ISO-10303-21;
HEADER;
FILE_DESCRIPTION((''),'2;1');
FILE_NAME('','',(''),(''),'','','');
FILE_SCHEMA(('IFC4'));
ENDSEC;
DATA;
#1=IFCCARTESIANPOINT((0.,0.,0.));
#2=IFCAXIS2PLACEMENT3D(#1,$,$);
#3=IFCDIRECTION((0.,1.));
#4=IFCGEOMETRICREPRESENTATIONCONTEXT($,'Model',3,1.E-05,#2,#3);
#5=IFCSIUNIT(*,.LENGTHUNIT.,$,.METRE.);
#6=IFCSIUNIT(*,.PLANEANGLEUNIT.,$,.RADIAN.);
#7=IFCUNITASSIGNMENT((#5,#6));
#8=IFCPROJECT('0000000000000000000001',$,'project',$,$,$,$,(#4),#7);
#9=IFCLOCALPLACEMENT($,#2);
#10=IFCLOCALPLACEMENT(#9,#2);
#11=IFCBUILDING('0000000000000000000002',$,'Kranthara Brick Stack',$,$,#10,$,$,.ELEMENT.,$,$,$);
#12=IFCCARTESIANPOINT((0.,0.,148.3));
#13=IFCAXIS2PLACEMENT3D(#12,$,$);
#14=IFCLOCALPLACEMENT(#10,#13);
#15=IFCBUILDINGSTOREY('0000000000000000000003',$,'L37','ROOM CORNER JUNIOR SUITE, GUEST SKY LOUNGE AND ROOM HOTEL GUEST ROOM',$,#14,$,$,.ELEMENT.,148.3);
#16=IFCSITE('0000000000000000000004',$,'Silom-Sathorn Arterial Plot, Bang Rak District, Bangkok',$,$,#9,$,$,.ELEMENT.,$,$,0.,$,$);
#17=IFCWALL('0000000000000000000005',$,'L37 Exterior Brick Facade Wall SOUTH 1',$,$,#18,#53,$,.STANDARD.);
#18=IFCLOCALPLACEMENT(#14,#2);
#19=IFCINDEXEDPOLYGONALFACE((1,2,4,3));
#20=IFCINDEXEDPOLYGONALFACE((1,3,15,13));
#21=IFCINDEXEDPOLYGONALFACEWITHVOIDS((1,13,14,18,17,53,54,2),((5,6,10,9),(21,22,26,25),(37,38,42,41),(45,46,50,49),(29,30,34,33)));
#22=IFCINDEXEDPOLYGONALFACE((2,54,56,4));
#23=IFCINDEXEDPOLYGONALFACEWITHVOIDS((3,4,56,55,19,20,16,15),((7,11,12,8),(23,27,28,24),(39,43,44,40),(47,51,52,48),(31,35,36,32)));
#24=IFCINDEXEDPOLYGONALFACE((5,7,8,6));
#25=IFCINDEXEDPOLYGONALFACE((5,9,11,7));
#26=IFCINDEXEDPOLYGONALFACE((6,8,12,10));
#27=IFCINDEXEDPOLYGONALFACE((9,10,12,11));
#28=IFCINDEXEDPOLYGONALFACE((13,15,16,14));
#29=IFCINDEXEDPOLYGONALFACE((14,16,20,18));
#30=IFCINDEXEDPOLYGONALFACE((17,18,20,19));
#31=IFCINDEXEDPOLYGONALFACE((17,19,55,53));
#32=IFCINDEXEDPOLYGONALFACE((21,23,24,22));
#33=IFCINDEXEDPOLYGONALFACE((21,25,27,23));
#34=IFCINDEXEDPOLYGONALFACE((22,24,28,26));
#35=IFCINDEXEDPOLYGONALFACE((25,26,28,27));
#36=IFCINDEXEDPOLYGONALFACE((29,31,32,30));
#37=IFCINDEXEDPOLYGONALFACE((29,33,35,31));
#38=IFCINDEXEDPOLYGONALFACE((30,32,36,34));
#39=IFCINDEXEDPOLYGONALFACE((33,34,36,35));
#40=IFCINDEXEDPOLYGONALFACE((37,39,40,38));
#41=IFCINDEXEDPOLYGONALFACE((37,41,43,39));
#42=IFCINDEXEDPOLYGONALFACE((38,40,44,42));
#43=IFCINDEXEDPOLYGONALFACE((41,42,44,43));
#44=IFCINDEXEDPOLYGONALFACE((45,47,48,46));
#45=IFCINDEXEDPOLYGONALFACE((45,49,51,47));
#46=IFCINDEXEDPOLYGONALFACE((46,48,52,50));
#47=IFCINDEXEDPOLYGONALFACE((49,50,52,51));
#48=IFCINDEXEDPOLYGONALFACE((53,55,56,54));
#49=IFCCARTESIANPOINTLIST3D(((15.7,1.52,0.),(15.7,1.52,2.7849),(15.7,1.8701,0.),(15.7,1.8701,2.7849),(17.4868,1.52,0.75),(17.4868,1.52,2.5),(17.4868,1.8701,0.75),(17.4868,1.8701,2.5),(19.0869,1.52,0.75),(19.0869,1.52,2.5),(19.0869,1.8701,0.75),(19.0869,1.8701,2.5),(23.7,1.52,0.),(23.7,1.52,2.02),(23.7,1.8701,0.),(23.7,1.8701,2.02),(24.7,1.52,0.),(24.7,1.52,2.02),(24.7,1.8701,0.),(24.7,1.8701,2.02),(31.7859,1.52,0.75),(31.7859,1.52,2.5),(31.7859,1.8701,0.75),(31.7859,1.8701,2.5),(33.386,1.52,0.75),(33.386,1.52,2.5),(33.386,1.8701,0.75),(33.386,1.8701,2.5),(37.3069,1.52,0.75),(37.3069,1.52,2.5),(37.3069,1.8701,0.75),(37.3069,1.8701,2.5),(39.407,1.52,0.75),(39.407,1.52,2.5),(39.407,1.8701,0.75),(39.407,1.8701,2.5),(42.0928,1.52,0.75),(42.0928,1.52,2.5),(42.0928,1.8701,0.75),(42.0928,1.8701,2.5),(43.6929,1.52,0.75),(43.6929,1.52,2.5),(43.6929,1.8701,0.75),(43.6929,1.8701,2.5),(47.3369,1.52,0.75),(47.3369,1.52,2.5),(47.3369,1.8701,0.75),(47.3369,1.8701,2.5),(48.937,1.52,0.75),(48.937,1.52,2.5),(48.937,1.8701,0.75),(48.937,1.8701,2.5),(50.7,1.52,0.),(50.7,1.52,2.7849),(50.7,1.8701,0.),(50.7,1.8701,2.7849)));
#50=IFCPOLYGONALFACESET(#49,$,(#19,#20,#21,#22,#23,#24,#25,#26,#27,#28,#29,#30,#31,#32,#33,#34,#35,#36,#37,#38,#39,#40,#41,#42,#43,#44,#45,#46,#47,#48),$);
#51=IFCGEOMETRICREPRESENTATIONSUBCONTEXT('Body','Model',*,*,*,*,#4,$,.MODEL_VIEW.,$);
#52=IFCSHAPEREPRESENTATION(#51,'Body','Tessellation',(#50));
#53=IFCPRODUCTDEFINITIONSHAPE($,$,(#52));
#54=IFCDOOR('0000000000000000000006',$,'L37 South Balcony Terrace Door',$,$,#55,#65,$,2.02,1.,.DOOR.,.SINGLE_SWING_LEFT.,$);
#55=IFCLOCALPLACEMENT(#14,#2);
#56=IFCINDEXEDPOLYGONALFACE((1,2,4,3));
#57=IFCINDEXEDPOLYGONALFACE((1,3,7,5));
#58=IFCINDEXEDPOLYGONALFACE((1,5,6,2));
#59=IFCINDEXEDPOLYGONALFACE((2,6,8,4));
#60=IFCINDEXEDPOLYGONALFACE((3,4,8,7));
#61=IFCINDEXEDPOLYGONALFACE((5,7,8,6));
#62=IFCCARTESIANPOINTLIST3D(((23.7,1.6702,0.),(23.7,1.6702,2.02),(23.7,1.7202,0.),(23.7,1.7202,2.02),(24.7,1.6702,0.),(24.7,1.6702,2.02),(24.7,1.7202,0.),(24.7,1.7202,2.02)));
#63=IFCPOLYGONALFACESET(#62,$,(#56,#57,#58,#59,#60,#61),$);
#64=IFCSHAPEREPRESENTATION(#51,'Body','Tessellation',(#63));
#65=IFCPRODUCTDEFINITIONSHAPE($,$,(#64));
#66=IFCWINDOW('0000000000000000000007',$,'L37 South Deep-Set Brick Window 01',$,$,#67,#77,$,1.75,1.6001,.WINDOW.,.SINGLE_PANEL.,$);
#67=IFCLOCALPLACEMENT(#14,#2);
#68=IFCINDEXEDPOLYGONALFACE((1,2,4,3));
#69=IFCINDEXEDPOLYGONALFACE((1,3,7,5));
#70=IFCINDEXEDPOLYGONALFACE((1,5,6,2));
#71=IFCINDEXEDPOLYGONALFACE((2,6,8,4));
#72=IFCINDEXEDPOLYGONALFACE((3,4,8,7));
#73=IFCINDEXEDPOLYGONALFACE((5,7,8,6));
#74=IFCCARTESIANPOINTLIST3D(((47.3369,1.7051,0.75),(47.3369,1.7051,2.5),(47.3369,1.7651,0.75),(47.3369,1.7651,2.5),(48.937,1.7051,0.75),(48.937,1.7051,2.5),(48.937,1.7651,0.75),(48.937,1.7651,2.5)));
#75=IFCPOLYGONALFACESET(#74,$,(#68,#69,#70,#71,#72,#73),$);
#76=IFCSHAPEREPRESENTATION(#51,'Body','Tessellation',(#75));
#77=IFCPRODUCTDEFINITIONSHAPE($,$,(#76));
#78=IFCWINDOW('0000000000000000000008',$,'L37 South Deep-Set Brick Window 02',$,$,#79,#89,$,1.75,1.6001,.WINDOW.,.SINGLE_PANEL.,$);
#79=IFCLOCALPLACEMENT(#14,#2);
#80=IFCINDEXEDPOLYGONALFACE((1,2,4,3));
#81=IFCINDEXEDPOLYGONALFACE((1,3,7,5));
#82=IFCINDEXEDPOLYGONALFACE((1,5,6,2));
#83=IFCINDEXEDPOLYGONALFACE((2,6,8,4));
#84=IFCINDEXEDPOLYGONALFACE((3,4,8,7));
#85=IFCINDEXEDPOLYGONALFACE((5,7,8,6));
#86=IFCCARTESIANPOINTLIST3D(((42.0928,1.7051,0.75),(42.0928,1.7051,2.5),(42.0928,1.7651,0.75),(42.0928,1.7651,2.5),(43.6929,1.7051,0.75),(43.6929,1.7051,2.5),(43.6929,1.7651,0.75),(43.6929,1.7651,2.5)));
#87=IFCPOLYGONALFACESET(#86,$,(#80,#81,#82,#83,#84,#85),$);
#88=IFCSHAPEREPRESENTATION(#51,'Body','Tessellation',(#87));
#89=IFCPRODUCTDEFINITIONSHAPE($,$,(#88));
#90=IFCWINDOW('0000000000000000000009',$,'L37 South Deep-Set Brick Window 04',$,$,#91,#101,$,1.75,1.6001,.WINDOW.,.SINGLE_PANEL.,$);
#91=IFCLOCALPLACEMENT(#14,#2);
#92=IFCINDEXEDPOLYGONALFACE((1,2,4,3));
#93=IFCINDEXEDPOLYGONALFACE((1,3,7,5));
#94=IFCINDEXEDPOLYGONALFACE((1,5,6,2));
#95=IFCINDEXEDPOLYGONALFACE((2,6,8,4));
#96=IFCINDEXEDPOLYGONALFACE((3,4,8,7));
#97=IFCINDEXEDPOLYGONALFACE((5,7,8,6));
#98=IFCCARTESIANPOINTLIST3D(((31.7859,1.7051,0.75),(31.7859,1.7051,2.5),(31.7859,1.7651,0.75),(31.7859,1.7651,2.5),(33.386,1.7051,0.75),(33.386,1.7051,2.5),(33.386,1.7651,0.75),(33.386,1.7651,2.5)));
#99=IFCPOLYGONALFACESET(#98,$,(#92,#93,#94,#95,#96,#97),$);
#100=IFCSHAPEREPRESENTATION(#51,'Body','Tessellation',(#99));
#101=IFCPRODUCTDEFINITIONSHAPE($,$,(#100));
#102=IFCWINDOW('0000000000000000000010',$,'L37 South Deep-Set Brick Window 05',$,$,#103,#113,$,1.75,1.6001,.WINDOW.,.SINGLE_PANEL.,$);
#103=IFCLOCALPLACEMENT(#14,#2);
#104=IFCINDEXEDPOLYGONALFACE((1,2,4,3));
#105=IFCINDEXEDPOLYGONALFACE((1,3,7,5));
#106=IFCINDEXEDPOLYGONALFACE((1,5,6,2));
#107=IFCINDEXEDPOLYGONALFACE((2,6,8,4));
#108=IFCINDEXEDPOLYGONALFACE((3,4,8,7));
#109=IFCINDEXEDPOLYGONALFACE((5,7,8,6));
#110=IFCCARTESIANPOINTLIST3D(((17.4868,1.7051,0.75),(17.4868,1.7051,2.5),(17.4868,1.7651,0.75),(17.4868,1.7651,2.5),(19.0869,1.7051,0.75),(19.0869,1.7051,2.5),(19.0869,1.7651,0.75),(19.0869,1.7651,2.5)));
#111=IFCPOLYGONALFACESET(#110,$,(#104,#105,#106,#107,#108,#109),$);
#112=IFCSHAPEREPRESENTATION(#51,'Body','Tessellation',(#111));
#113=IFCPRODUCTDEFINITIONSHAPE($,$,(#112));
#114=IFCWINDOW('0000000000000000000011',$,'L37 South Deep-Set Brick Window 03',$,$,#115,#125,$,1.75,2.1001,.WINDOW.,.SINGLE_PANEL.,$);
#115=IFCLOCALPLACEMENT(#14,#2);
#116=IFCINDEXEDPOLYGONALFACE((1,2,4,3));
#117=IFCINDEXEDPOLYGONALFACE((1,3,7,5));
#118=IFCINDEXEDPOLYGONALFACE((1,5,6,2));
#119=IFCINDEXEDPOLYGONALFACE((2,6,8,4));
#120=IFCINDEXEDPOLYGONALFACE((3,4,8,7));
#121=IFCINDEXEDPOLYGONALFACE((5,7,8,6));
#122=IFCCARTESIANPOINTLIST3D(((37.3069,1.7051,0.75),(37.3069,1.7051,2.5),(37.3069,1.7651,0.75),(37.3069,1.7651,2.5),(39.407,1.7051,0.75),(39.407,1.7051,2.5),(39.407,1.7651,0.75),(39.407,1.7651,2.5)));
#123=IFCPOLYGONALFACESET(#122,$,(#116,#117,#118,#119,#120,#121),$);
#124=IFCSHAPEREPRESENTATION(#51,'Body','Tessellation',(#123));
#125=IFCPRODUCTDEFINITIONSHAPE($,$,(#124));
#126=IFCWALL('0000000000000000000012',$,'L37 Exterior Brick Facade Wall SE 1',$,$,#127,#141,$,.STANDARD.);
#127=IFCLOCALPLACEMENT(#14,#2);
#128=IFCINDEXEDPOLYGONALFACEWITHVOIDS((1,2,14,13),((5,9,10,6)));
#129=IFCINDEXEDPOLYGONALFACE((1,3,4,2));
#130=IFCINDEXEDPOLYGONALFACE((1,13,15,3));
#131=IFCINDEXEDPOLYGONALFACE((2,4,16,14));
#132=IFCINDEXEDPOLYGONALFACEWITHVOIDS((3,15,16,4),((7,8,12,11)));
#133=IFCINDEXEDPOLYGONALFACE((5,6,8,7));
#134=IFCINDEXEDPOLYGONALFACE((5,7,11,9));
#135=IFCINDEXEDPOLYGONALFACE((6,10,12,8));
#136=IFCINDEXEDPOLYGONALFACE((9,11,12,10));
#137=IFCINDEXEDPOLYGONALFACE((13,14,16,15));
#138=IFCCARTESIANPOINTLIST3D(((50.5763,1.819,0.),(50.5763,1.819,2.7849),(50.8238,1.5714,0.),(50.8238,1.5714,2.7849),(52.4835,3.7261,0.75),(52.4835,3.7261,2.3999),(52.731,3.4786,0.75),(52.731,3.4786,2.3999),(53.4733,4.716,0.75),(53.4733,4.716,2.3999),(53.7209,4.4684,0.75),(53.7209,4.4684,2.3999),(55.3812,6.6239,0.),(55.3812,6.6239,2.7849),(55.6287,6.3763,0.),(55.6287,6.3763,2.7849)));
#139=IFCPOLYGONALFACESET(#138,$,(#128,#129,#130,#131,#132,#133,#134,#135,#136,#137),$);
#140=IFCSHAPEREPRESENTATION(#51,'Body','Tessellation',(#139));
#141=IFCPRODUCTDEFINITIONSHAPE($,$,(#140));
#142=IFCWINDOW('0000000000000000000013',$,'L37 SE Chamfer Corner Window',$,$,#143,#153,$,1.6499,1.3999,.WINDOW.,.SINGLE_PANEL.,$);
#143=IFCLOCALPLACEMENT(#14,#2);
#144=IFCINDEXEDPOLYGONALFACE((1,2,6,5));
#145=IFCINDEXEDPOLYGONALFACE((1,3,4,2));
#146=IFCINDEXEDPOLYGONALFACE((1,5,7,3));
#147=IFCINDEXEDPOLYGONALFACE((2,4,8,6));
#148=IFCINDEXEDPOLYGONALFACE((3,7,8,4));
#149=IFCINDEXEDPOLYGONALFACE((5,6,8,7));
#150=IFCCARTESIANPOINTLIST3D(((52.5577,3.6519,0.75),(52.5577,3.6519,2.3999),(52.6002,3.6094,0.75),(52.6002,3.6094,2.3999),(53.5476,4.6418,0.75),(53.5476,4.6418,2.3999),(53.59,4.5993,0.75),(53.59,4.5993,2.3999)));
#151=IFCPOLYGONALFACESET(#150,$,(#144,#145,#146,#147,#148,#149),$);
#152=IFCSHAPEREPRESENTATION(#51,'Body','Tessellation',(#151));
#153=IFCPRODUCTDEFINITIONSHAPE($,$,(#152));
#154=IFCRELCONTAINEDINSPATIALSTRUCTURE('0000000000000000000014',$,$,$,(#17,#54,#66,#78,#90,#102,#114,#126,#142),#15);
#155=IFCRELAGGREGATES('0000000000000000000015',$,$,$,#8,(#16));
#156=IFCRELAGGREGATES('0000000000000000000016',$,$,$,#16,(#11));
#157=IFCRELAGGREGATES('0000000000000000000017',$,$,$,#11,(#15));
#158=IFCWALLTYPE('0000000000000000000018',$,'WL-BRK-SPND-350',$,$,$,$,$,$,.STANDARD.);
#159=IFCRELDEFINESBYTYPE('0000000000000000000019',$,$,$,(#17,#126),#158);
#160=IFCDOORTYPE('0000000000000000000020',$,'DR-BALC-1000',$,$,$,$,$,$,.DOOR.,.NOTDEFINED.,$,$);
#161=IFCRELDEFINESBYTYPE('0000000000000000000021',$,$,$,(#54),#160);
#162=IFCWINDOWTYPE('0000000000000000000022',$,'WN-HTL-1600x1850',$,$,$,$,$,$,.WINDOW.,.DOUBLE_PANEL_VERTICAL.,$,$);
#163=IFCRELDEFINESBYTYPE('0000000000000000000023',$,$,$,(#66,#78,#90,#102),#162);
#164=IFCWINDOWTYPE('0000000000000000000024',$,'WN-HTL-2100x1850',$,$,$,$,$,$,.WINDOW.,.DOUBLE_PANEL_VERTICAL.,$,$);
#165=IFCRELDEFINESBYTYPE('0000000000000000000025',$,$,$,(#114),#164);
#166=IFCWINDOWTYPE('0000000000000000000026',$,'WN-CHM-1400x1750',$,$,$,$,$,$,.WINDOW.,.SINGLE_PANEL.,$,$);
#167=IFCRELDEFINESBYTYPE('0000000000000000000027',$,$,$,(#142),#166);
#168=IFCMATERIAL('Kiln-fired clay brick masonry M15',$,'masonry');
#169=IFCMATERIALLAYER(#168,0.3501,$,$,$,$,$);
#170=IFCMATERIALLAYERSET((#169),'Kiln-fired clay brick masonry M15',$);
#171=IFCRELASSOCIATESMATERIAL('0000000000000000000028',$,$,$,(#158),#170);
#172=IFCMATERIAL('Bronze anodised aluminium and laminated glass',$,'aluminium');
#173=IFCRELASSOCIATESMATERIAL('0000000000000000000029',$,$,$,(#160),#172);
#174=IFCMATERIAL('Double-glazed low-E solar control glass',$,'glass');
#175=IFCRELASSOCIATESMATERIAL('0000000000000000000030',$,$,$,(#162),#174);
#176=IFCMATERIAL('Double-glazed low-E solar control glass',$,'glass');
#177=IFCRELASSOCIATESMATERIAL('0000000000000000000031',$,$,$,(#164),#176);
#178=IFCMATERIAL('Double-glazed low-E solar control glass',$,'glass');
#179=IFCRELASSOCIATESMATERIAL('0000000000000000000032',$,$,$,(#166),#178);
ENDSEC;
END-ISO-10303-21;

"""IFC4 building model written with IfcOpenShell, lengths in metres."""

from ifc_helpers import new_model, si_unit, direction, frame, frame_2d, origin, place, context, subcontext, project, spatial, rectangle, extrude, material, layer, layer_set, type_object, element, fill, save


model = new_model("IFC4")

# Units and contexts
model_context = context("Model", 3, precision=1e-05, world=origin(), true_north=direction((0.0, 1.0)))
body_context = subcontext(model_context, "Body", "Model", "MODEL_VIEW")
ifc_project = project(units=[si_unit("LENGTHUNIT", "METRE"), si_unit("PLANEANGLEUNIT", "RADIAN")], contexts=[model_context])

# Site, building, storey
site_placement = place(None, origin())
site = spatial("IfcSite", under=ifc_project, at=site_placement, Name="Silom-Sathorn Arterial Plot, Bang Rak District, Bangkok", CompositionType="ELEMENT", RefElevation=0.0)
building_placement = place(site_placement, origin())
building = spatial("IfcBuilding", under=site, at=building_placement, Name="Kranthara Brick Stack", CompositionType="ELEMENT")
storey_placement = place(building_placement, frame((0.0, 0.0, 148.3)))
storey = spatial("IfcBuildingStorey", under=building, at=storey_placement, Name="L37", Description="ROOM CORNER JUNIOR SUITE, GUEST SKY LOUNGE AND ROOM HOTEL GUEST ROOM", CompositionType="ELEMENT", Elevation=148.3)

# Wall, openings, door, windows
ifc_material_1 = material(Name="Kiln-fired clay brick masonry M15", Category="masonry")
ifc_layer_1 = layer(ifc_material_1, 0.3501)
ifc_layer_set_1 = layer_set([ifc_layer_1], Name="Kiln-fired clay brick masonry M15")
wall_type_1 = type_object("IfcWallType", Name="WL-BRK-SPND-350", PredefinedType="STANDARD", material=ifc_layer_set_1)
wall_1_placement = place(storey_placement, frame((50.7, 1.6951, 0.0), z_axis=(0.0, 0.0, 1.0), x_axis=(-1.0, 0.0, 0.0)))
wall_1 = element("IfcWall", 1, at=wall_1_placement, inside=storey, type_object=wall_type_1, Name="L37 Exterior Brick Facade Wall SOUTH 1", PredefinedType="STANDARD", context=body_context, shape_type="SweptSolid", body=[
    extrude(rectangle(XDim=35.0, YDim=0.3501, at=frame_2d((17.5, 0.0))), origin(), (0.0, 0.0, 1.0), 2.7849),
])
opening_1_placement = place(wall_1_placement, frame((26.0, 0.0, 0.0)))
opening_1 = element("IfcOpeningElement", 2, at=opening_1_placement, cuts=wall_1, PredefinedType="OPENING", context=body_context, shape_type="SweptSolid", body=[
    extrude(rectangle(XDim=1.0, YDim=2.02, at=frame_2d((0.5, 1.01))), frame((0.0, 0.1851, 0.0), z_axis=(0.0, -1.0, 0.0), x_axis=(1.0, 0.0, 0.0)), (0.0, 0.0, 1.0), 0.3701),
])
opening_2_placement = place(wall_1_placement, frame((1.7629, 0.0, 0.75)))
opening_2 = element("IfcOpeningElement", 3, at=opening_2_placement, cuts=wall_1, PredefinedType="OPENING", context=body_context, shape_type="SweptSolid", body=[
    extrude(rectangle(XDim=1.6001, YDim=1.75, at=frame_2d((0.8, 0.875))), frame((0.0, 0.1851, 0.0), z_axis=(0.0, -1.0, 0.0), x_axis=(1.0, 0.0, 0.0)), (0.0, 0.0, 1.0), 0.3701),
])
opening_3_placement = place(wall_1_placement, frame((7.0071, 0.0, 0.75)))
opening_3 = element("IfcOpeningElement", 4, at=opening_3_placement, cuts=wall_1, PredefinedType="OPENING", context=body_context, shape_type="SweptSolid", body=[
    extrude(rectangle(XDim=1.6001, YDim=1.75, at=frame_2d((0.8, 0.875))), frame((0.0, 0.1851, 0.0), z_axis=(0.0, -1.0, 0.0), x_axis=(1.0, 0.0, 0.0)), (0.0, 0.0, 1.0), 0.3701),
])
opening_4_placement = place(wall_1_placement, frame((11.293, 0.0, 0.75)))
opening_4 = element("IfcOpeningElement", 5, at=opening_4_placement, cuts=wall_1, PredefinedType="OPENING", context=body_context, shape_type="SweptSolid", body=[
    extrude(rectangle(XDim=2.1001, YDim=1.75, at=frame_2d((1.05, 0.875))), frame((0.0, 0.1851, 0.0), z_axis=(0.0, -1.0, 0.0), x_axis=(1.0, 0.0, 0.0)), (0.0, 0.0, 1.0), 0.3701),
])
opening_5_placement = place(wall_1_placement, frame((17.314, 0.0, 0.75)))
opening_5 = element("IfcOpeningElement", 6, at=opening_5_placement, cuts=wall_1, PredefinedType="OPENING", context=body_context, shape_type="SweptSolid", body=[
    extrude(rectangle(XDim=1.6001, YDim=1.75, at=frame_2d((0.8, 0.875))), frame((0.0, 0.1851, 0.0), z_axis=(0.0, -1.0, 0.0), x_axis=(1.0, 0.0, 0.0)), (0.0, 0.0, 1.0), 0.3701),
])
opening_6_placement = place(wall_1_placement, frame((31.613, 0.0, 0.75)))
opening_6 = element("IfcOpeningElement", 7, at=opening_6_placement, cuts=wall_1, PredefinedType="OPENING", context=body_context, shape_type="SweptSolid", body=[
    extrude(rectangle(XDim=1.6001, YDim=1.75, at=frame_2d((0.8, 0.875))), frame((0.0, 0.1851, 0.0), z_axis=(0.0, -1.0, 0.0), x_axis=(1.0, 0.0, 0.0)), (0.0, 0.0, 1.0), 0.3701),
])
ifc_material_2 = material(Name="Bronze anodised aluminium and laminated glass", Category="aluminium")
door_type_1 = type_object("IfcDoorType", Name="DR-BALC-1000", OperationType="NOTDEFINED", PredefinedType="DOOR", material=ifc_material_2)
door_1_placement = place(opening_1_placement, origin())
door_1 = element("IfcDoor", 8, at=door_1_placement, inside=storey, type_object=door_type_1, Name="L37 South Balcony Terrace Door", OperationType="SINGLE_SWING_LEFT", OverallHeight=2.02, OverallWidth=1.0, PredefinedType="DOOR", context=body_context, shape_type="SweptSolid", body=[
    extrude(rectangle(XDim=1.0, YDim=2.02, at=frame_2d((0.5, 1.01))), frame((0.0, 0.0249, 0.0), z_axis=(0.0, -1.0, 0.0), x_axis=(1.0, 0.0, 0.0)), (0.0, 0.0, 1.0), 0.05),
])
fill(opening_1, door_1)
ifc_material_3 = material(Name="Double-glazed low-E solar control glass", Category="glass")
window_type_1 = type_object("IfcWindowType", Name="WN-HTL-1600x1850", PartitioningType="DOUBLE_PANEL_VERTICAL", PredefinedType="WINDOW", material=ifc_material_3)
window_1_placement = place(opening_2_placement, origin())
window_1 = element("IfcWindow", 9, at=window_1_placement, inside=storey, type_object=window_type_1, Name="L37 South Deep-Set Brick Window 01", OverallHeight=1.75, OverallWidth=1.6001, PartitioningType="SINGLE_PANEL", PredefinedType="WINDOW", context=body_context, shape_type="SweptSolid", body=[
    extrude(rectangle(XDim=1.6001, YDim=1.75, at=frame_2d((0.8, 0.875))), frame((0.0, -0.01, 0.0), z_axis=(0.0, -1.0, 0.0), x_axis=(1.0, 0.0, 0.0)), (0.0, 0.0, 1.0), 0.0601),
])
fill(opening_2, window_1)
window_2_placement = place(opening_3_placement, origin())
window_2 = element("IfcWindow", 10, at=window_2_placement, inside=storey, type_object=window_type_1, Name="L37 South Deep-Set Brick Window 02", OverallHeight=1.75, OverallWidth=1.6001, PartitioningType="SINGLE_PANEL", PredefinedType="WINDOW", context=body_context, shape_type="SweptSolid", body=[
    extrude(rectangle(XDim=1.6001, YDim=1.75, at=frame_2d((0.8, 0.875))), frame((0.0, -0.01, 0.0), z_axis=(0.0, -1.0, 0.0), x_axis=(1.0, 0.0, 0.0)), (0.0, 0.0, 1.0), 0.0601),
])
fill(opening_3, window_2)
window_3_placement = place(opening_5_placement, origin())
window_3 = element("IfcWindow", 11, at=window_3_placement, inside=storey, type_object=window_type_1, Name="L37 South Deep-Set Brick Window 04", OverallHeight=1.75, OverallWidth=1.6001, PartitioningType="SINGLE_PANEL", PredefinedType="WINDOW", context=body_context, shape_type="SweptSolid", body=[
    extrude(rectangle(XDim=1.6001, YDim=1.75, at=frame_2d((0.8, 0.875))), frame((0.0, -0.01, 0.0), z_axis=(0.0, -1.0, 0.0), x_axis=(1.0, 0.0, 0.0)), (0.0, 0.0, 1.0), 0.0601),
])
fill(opening_5, window_3)
window_4_placement = place(opening_6_placement, origin())
window_4 = element("IfcWindow", 12, at=window_4_placement, inside=storey, type_object=window_type_1, Name="L37 South Deep-Set Brick Window 05", OverallHeight=1.75, OverallWidth=1.6001, PartitioningType="SINGLE_PANEL", PredefinedType="WINDOW", context=body_context, shape_type="SweptSolid", body=[
    extrude(rectangle(XDim=1.6001, YDim=1.75, at=frame_2d((0.8, 0.875))), frame((0.0, -0.01, 0.0), z_axis=(0.0, -1.0, 0.0), x_axis=(1.0, 0.0, 0.0)), (0.0, 0.0, 1.0), 0.0601),
])
fill(opening_6, window_4)
ifc_material_4 = material(Name="Double-glazed low-E solar control glass", Category="glass")
window_type_2 = type_object("IfcWindowType", Name="WN-HTL-2100x1850", PartitioningType="DOUBLE_PANEL_VERTICAL", PredefinedType="WINDOW", material=ifc_material_4)
window_5_placement = place(opening_4_placement, origin())
window_5 = element("IfcWindow", 13, at=window_5_placement, inside=storey, type_object=window_type_2, Name="L37 South Deep-Set Brick Window 03", OverallHeight=1.75, OverallWidth=2.1001, PartitioningType="SINGLE_PANEL", PredefinedType="WINDOW", context=body_context, shape_type="SweptSolid", body=[
    extrude(rectangle(XDim=2.1001, YDim=1.75, at=frame_2d((1.05, 0.875))), frame((0.0, -0.01, 0.0), z_axis=(0.0, -1.0, 0.0), x_axis=(1.0, 0.0, 0.0)), (0.0, 0.0, 1.0), 0.0601),
])
fill(opening_4, window_5)

# Wall, opening, window
wall_2_placement = place(storey_placement, frame((55.5049, 6.5, 0.0), z_axis=(0.0, 0.0, 1.0), x_axis=(-0.707107, -0.707107, 0.0)))
wall_2 = element("IfcWall", 14, at=wall_2_placement, inside=storey, type_object=wall_type_1, Name="L37 Exterior Brick Facade Wall SE 1", PredefinedType="STANDARD", context=body_context, shape_type="SweptSolid", body=[
    extrude(rectangle(XDim=6.7952, YDim=0.3501, at=frame_2d((3.3975, 0.0))), origin(), (0.0, 0.0, 1.0), 2.7849),
])
opening_7_placement = place(wall_2_placement, frame((2.698, 0.0, 0.75)))
opening_7 = element("IfcOpeningElement", 15, at=opening_7_placement, cuts=wall_2, PredefinedType="OPENING", context=body_context, shape_type="SweptSolid", body=[
    extrude(rectangle(XDim=1.3999, YDim=1.6499, at=frame_2d((0.7, 0.825))), frame((0.0, 0.1851, 0.0), z_axis=(0.0, -1.0, 0.0), x_axis=(1.0, 0.0, 0.0)), (0.0, 0.0, 1.0), 0.3701),
])
ifc_material_5 = material(Name="Double-glazed low-E solar control glass", Category="glass")
window_type_3 = type_object("IfcWindowType", Name="WN-CHM-1400x1750", PartitioningType="SINGLE_PANEL", PredefinedType="WINDOW", material=ifc_material_5)
window_6_placement = place(opening_7_placement, origin())
window_6 = element("IfcWindow", 16, at=window_6_placement, inside=storey, type_object=window_type_3, Name="L37 SE Chamfer Corner Window", OverallHeight=1.6499, OverallWidth=1.3999, PartitioningType="SINGLE_PANEL", PredefinedType="WINDOW", context=body_context, shape_type="SweptSolid", body=[
    extrude(rectangle(XDim=1.3999, YDim=1.6499, at=frame_2d((0.7, 0.825))), frame((0.0, -0.01, 0.0), z_axis=(0.0, -1.0, 0.0), x_axis=(1.0, 0.0, 0.0)), (0.0, 0.0, 1.0), 0.0601),
])
fill(opening_7, window_6)

save(model, "model.ifc")
